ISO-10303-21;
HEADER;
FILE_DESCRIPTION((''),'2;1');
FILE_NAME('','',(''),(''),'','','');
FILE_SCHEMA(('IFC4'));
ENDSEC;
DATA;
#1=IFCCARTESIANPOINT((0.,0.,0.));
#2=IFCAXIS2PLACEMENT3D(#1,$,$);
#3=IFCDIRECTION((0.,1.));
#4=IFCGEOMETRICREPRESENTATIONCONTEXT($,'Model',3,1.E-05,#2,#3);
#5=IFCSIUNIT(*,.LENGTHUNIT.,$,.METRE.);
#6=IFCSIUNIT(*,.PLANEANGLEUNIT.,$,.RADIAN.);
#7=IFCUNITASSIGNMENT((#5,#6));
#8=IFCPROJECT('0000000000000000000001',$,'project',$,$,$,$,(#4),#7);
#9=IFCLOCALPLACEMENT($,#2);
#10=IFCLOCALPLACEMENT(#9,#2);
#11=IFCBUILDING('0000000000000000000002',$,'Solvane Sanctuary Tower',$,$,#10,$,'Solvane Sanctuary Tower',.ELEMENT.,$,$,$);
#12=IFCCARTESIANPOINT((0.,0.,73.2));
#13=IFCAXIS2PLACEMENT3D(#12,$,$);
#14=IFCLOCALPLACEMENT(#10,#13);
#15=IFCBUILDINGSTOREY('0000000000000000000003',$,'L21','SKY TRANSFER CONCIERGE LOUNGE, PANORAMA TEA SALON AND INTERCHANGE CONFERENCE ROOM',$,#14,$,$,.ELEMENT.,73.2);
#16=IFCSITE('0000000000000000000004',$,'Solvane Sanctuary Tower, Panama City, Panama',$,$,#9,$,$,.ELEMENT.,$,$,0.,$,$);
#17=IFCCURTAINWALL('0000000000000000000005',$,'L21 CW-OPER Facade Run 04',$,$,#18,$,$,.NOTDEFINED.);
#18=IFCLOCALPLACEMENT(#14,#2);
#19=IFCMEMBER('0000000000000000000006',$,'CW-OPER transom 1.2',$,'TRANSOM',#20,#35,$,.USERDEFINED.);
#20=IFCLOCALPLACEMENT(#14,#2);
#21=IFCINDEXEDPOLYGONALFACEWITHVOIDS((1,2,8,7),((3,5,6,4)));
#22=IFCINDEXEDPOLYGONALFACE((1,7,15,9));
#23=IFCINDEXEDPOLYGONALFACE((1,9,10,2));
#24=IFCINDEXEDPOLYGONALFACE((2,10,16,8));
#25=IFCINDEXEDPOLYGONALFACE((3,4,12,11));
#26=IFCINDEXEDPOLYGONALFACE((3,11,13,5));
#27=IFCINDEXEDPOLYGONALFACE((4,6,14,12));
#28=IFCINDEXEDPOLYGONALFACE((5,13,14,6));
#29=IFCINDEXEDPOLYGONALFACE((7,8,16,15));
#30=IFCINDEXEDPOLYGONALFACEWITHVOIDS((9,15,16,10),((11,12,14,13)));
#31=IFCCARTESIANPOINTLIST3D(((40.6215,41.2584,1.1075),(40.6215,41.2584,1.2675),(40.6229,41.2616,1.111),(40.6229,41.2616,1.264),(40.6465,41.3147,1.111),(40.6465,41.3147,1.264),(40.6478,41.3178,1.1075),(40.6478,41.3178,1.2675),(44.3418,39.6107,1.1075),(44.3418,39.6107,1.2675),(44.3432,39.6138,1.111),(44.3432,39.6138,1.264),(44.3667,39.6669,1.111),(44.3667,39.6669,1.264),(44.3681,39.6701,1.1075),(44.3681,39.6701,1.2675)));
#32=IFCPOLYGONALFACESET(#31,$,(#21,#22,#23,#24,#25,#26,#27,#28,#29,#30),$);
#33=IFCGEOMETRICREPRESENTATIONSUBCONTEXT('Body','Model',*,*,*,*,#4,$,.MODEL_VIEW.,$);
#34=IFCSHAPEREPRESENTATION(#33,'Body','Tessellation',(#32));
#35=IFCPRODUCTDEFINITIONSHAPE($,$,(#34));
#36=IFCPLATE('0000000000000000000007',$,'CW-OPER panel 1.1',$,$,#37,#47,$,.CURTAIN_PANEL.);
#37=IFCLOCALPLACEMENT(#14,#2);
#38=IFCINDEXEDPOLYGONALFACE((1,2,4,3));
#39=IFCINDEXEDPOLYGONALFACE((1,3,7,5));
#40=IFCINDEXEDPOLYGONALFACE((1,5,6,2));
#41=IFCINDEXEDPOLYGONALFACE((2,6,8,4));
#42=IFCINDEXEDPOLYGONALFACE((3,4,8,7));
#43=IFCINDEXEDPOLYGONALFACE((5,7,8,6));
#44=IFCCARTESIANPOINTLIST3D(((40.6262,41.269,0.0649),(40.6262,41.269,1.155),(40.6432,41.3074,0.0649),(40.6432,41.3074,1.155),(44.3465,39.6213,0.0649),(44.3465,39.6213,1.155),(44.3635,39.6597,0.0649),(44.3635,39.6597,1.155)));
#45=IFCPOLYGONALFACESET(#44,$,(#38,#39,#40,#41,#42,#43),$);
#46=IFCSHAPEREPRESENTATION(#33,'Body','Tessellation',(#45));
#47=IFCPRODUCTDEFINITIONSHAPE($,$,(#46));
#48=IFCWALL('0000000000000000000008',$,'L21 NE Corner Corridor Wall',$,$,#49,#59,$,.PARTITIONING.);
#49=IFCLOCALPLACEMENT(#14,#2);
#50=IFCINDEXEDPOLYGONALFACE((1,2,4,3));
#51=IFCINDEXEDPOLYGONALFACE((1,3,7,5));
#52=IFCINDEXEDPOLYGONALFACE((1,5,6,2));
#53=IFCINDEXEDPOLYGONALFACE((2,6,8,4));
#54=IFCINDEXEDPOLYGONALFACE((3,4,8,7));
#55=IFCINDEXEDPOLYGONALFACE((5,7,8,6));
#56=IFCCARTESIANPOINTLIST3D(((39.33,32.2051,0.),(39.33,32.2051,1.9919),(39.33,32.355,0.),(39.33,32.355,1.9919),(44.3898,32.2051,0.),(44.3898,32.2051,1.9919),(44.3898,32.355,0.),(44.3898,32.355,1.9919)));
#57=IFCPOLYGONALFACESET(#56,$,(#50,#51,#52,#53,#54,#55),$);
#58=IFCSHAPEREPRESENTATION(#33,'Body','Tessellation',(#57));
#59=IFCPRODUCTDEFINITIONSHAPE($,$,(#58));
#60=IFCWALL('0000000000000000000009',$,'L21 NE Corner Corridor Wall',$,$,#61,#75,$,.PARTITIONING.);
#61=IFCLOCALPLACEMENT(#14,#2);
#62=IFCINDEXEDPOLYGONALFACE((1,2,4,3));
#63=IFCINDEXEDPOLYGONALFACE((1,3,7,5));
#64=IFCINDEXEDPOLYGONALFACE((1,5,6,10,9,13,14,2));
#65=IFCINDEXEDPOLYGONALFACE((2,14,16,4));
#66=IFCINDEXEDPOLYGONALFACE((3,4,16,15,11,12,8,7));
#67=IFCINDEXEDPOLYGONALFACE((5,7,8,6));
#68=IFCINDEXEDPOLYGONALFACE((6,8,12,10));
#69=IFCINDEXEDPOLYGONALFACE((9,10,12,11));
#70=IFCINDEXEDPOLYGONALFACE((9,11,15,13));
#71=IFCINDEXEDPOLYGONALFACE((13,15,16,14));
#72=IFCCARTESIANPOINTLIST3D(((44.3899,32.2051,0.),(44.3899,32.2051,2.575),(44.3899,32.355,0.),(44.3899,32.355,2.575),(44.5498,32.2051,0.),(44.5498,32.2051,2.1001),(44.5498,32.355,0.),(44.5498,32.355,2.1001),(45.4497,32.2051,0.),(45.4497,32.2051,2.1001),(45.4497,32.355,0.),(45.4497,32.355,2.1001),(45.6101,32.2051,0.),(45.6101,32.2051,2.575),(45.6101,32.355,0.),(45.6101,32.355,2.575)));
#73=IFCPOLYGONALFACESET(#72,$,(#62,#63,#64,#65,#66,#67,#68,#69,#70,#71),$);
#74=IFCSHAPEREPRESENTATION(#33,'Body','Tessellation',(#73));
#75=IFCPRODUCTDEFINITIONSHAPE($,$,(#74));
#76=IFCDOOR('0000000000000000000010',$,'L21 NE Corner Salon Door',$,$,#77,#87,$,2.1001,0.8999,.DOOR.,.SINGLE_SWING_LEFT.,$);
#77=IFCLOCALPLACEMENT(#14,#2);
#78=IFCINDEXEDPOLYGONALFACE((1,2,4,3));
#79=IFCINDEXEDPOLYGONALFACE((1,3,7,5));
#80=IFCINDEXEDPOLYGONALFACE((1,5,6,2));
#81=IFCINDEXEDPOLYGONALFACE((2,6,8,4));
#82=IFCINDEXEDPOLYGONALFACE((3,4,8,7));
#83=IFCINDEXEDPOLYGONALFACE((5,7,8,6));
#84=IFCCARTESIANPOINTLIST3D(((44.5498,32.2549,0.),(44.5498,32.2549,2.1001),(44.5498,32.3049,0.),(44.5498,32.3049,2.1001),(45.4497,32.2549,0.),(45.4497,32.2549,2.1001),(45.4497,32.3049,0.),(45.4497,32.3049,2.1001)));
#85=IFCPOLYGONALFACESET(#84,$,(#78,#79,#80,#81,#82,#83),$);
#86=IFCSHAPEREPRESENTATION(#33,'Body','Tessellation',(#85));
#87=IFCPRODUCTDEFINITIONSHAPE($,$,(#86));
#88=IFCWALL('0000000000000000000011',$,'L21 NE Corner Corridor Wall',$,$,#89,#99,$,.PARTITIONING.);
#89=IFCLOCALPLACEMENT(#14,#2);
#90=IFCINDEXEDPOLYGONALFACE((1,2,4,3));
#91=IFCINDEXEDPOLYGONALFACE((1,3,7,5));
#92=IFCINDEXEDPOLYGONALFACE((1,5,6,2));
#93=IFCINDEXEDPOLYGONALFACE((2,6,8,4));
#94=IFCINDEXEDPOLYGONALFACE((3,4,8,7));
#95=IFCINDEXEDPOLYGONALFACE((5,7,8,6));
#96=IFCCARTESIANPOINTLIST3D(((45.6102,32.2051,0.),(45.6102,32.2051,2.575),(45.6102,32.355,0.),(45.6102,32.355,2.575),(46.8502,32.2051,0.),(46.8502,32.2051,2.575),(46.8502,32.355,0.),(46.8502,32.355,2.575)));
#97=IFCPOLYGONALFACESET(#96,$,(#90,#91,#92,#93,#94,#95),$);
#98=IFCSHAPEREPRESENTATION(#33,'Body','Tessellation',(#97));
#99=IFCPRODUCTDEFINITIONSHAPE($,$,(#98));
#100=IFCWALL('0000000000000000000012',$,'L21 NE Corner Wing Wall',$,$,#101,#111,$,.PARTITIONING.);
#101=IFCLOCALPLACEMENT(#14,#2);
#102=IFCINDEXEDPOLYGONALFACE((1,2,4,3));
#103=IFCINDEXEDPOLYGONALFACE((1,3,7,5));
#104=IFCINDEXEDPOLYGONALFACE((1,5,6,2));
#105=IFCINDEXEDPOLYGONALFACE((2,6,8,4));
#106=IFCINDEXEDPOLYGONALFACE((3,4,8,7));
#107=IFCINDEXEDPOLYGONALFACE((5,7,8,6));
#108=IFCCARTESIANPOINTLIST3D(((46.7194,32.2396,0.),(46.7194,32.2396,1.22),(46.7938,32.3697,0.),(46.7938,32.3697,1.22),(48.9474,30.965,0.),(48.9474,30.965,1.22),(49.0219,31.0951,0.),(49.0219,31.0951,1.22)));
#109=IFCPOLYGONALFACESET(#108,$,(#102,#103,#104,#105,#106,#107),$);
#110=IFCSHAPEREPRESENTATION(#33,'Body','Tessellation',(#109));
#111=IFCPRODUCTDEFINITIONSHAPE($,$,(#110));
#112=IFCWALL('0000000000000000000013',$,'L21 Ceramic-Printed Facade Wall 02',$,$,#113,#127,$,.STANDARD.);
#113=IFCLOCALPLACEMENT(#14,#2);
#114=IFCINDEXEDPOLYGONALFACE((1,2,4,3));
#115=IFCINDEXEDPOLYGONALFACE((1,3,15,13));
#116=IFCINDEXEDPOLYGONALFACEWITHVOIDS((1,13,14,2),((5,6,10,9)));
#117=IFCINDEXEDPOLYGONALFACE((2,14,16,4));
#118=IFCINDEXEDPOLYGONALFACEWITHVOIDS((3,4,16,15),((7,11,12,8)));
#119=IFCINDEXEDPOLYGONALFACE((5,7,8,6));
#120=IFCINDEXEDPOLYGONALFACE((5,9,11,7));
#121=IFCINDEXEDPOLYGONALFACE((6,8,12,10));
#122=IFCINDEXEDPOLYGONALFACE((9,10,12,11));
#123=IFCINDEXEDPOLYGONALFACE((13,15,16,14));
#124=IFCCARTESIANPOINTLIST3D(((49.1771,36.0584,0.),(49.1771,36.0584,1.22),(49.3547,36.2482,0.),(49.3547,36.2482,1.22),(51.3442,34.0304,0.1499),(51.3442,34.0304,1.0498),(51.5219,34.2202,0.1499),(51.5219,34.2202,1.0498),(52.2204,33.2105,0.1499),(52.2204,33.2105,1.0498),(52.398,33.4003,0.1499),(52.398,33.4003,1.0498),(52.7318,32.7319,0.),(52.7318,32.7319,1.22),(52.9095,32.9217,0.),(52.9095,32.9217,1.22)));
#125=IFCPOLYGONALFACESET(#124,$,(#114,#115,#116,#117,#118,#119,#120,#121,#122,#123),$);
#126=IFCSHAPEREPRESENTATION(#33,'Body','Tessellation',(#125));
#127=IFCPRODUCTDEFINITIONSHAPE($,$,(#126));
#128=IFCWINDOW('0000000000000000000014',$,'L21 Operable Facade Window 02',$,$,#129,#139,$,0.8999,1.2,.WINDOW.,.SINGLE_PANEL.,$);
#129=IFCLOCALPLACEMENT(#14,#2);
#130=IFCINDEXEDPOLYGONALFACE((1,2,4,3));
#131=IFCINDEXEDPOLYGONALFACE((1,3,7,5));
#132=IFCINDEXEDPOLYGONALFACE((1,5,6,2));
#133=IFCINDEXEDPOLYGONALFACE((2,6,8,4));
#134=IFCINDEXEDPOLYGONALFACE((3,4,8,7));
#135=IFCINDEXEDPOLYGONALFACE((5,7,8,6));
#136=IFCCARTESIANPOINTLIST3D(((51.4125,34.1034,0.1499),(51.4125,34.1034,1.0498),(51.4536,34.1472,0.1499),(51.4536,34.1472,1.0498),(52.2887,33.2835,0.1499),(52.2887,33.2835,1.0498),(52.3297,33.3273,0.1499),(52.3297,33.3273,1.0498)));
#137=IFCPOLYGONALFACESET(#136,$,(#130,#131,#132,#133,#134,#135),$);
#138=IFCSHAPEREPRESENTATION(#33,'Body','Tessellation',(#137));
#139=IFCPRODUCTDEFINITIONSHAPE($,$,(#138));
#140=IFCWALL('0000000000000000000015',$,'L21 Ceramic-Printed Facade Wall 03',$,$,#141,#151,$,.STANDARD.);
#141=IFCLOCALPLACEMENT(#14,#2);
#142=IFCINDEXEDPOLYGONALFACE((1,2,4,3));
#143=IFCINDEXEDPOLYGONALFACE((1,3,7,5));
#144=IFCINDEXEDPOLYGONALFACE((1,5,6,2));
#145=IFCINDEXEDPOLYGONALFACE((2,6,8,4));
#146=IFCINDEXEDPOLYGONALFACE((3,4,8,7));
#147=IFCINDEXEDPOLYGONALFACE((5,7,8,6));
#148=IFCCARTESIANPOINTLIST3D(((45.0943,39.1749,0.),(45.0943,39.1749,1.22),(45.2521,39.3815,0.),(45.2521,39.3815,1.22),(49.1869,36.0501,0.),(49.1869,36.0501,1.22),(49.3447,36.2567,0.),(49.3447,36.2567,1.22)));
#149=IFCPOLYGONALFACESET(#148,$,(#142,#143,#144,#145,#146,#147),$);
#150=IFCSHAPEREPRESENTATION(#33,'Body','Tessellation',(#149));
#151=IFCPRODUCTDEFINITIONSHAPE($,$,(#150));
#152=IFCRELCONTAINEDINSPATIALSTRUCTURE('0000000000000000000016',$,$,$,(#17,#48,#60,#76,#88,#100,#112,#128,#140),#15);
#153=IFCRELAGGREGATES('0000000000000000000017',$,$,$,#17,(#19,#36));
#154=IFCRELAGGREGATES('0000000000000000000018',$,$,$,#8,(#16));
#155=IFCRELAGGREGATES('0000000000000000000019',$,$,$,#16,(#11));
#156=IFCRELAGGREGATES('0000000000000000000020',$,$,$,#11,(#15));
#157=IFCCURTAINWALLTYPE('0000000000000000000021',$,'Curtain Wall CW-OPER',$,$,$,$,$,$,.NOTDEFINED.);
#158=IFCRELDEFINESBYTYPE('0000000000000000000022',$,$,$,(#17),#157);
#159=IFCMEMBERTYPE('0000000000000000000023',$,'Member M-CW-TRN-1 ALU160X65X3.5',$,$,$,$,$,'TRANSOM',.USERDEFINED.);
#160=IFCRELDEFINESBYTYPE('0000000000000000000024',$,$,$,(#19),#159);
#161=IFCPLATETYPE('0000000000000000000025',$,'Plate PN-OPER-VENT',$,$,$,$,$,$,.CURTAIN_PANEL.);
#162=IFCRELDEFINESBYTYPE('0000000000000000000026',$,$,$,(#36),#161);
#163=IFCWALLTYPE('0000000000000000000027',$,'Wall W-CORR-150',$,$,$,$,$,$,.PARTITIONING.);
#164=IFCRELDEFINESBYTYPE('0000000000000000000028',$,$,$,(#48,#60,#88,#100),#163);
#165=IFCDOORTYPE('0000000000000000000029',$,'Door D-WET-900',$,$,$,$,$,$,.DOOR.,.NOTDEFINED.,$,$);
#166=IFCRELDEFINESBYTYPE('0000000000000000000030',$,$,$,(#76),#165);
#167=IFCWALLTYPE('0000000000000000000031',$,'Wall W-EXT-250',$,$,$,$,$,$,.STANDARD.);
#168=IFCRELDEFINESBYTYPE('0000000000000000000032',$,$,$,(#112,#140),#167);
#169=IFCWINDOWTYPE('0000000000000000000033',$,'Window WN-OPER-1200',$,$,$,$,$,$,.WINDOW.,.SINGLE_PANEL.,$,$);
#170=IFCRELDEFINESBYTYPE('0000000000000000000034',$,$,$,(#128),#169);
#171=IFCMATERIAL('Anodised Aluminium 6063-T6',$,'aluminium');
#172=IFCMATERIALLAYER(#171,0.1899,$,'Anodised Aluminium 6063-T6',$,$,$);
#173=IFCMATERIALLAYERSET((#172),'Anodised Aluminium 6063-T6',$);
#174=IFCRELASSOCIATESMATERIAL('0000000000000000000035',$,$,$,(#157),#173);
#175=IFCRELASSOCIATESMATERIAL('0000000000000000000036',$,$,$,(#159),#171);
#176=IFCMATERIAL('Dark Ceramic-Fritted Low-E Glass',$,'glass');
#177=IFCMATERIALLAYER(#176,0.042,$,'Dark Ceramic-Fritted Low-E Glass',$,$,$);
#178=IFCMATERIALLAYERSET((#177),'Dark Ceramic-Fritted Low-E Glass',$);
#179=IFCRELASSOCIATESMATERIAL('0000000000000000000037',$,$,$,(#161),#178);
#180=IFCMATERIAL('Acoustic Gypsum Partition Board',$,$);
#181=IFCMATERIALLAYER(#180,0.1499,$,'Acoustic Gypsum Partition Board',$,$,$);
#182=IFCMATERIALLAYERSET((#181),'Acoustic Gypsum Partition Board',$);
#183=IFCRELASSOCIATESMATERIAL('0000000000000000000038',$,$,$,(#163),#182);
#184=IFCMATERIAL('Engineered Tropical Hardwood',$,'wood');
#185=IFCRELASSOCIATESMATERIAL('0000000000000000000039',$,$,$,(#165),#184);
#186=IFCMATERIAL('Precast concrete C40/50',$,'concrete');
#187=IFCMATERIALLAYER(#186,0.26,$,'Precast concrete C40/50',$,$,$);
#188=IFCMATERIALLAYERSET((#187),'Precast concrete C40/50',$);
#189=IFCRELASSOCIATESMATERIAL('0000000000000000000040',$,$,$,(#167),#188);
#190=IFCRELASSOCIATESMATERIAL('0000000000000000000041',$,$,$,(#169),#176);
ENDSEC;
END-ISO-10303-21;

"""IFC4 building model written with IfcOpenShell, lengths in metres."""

from ifc_helpers import new_model, si_unit, direction, frame, frame_2d, origin, origin_2d, place, context, subcontext, project, spatial, rectangle, hollow_rectangle, extrude, material, layer, layer_set, material_profile, profile_set, type_object, element, fill, aggregate, save


model = new_model("IFC4")

# Units and contexts
model_context = context("Model", 3, precision=1e-05, world=origin(), true_north=direction((0.0, 1.0)))
body_context = subcontext(model_context, "Body", "Model", "MODEL_VIEW")
ifc_project = project(units=[si_unit("LENGTHUNIT", "METRE"), si_unit("PLANEANGLEUNIT", "RADIAN")], contexts=[model_context])

# Site, building, storey
site_placement = place(None, origin())
site = spatial("IfcSite", under=ifc_project, at=site_placement, Name="Solvane Sanctuary Tower, Panama City, Panama", CompositionType="ELEMENT", RefElevation=0.0)
building_placement = place(site_placement, origin())
building = spatial("IfcBuilding", under=site, at=building_placement, Name="Solvane Sanctuary Tower", LongName="Solvane Sanctuary Tower", CompositionType="ELEMENT")
storey_placement = place(building_placement, frame((0.0, 0.0, 73.2)))
storey = spatial("IfcBuildingStorey", under=building, at=storey_placement, Name="L21", Description="SKY TRANSFER CONCIERGE LOUNGE, PANORAMA TEA SALON AND INTERCHANGE CONFERENCE ROOM", CompositionType="ELEMENT", Elevation=73.2)

# Curtain wall, member, plate
ifc_material_1 = material(Name="Anodised Aluminium 6063-T6", Category="aluminium")
ifc_layer_1 = layer(ifc_material_1, 0.1899, Name="Anodised Aluminium 6063-T6")
ifc_layer_set_1 = layer_set([ifc_layer_1], Name="Anodised Aluminium 6063-T6")
curtain_wall_type = type_object("IfcCurtainWallType", Name="Curtain Wall CW-OPER", PredefinedType="NOTDEFINED", material=ifc_layer_set_1)
curtain_wall_placement = place(storey_placement, origin())
curtain_wall = element("IfcCurtainWall", 1, at=curtain_wall_placement, inside=storey, type_object=curtain_wall_type, Name="L21 CW-OPER Facade Run 04", PredefinedType="NOTDEFINED")
ifc_material_profile_1 = material_profile(ifc_material_1, hollow_rectangle(XDim=0.0649, YDim=0.1599, WallThickness=0.0034, at=origin_2d()), Name="ALU160X65X3.5")
ifc_profile_set_1 = profile_set([ifc_material_profile_1], Name="Anodised Aluminium 6063-T6")
member_type_1 = type_object("IfcMemberType", Name="Member M-CW-TRN-1 ALU160X65X3.5", ElementType="TRANSOM", PredefinedType="USERDEFINED", material=ifc_profile_set_1)
member_1_placement = place(storey_placement, frame((44.355, 39.6404, 1.1875), z_axis=(-0.914333, 0.404963, 0.0), x_axis=(-0.404963, -0.914333, 0.0)))
member_1 = element("IfcMember", 2, at=member_1_placement, type_object=member_type_1, Name="CW-OPER transom 1.2", ObjectType="TRANSOM", PredefinedType="USERDEFINED", context=body_context, shape_type="SweptSolid", body=[
    extrude(hollow_rectangle(XDim=0.0649, YDim=0.1599, WallThickness=0.0034, at=origin_2d()), origin(), (0.0, 0.0, 1.0), 4.0688),
])
ifc_material_2 = material(Name="Dark Ceramic-Fritted Low-E Glass", Category="glass")
ifc_layer_2 = layer(ifc_material_2, 0.042, Name="Dark Ceramic-Fritted Low-E Glass")
ifc_layer_set_2 = layer_set([ifc_layer_2], Name="Dark Ceramic-Fritted Low-E Glass")
plate_type = type_object("IfcPlateType", Name="Plate PN-OPER-VENT", PredefinedType="CURTAIN_PANEL", material=ifc_layer_set_2)
plate_placement = place(storey_placement, frame((42.4949, 40.4644, 0.0649), z_axis=(0.0, 0.0, 1.0), x_axis=(-0.914339, 0.404951, 0.0)))
plate = element("IfcPlate", 3, at=plate_placement, type_object=plate_type, Name="CW-OPER panel 1.1", PredefinedType="CURTAIN_PANEL", context=body_context, shape_type="SweptSolid", body=[
    extrude(rectangle(XDim=4.0688, YDim=0.042, at=origin_2d()), origin(), (0.0, 0.0, 1.0), 1.0901),
])
aggregate(curtain_wall, [member_1, plate])

# Wall
ifc_material_3 = material(Name="Acoustic Gypsum Partition Board")
ifc_layer_3 = layer(ifc_material_3, 0.1499, Name="Acoustic Gypsum Partition Board")
ifc_layer_set_3 = layer_set([ifc_layer_3], Name="Acoustic Gypsum Partition Board")
wall_type_1 = type_object("IfcWallType", Name="Wall W-CORR-150", PredefinedType="PARTITIONING", material=ifc_layer_set_3)
wall_1_placement = place(storey_placement, frame((39.3301, 32.28, 0.0), z_axis=(0.0, 0.0, 1.0), x_axis=(1.0, 0.0, 0.0)))
element("IfcWall", 4, at=wall_1_placement, inside=storey, type_object=wall_type_1, Name="L21 NE Corner Corridor Wall", PredefinedType="PARTITIONING", context=body_context, shape_type="SweptSolid", body=[
    extrude(rectangle(XDim=5.0598, YDim=0.1499, at=frame_2d((2.5298, 0.0))), origin(), (0.0, 0.0, 1.0), 1.9919),
])

# Wall, opening, door
wall_2_placement = place(storey_placement, frame((44.3899, 32.28, 0.0), z_axis=(0.0, 0.0, 1.0), x_axis=(1.0, 0.0, 0.0)))
wall_2 = element("IfcWall", 5, at=wall_2_placement, inside=storey, type_object=wall_type_1, Name="L21 NE Corner Corridor Wall", PredefinedType="PARTITIONING", context=body_context, shape_type="SweptSolid", body=[
    extrude(rectangle(XDim=1.2202, YDim=0.1499, at=frame_2d((0.6101, 0.0))), origin(), (0.0, 0.0, 1.0), 2.575),
])
opening_1_placement = place(wall_2_placement, frame((0.1599, 0.0, 0.0)))
opening_1 = element("IfcOpeningElement", 6, at=opening_1_placement, cuts=wall_2, PredefinedType="OPENING", context=body_context, shape_type="SweptSolid", body=[
    extrude(rectangle(XDim=0.8999, YDim=2.1001, at=frame_2d((0.45, 1.05))), frame((0.0, 0.085, 0.0), z_axis=(0.0, -1.0, 0.0), x_axis=(1.0, 0.0, 0.0)), (0.0, 0.0, 1.0), 0.1699),
])
ifc_material_4 = material(Name="Engineered Tropical Hardwood", Category="wood")
door_type_1 = type_object("IfcDoorType", Name="Door D-WET-900", OperationType="NOTDEFINED", PredefinedType="DOOR", material=ifc_material_4)
door_1_placement = place(opening_1_placement, origin())
door_1 = element("IfcDoor", 7, at=door_1_placement, inside=storey, type_object=door_type_1, Name="L21 NE Corner Salon Door", OperationType="SINGLE_SWING_LEFT", OverallHeight=2.1001, OverallWidth=0.8999, PredefinedType="DOOR", context=body_context, shape_type="SweptSolid", body=[
    extrude(rectangle(XDim=0.8999, YDim=2.1001, at=frame_2d((0.45, 1.05))), frame((0.0, 0.0249, 0.0), z_axis=(0.0, -1.0, 0.0), x_axis=(1.0, 0.0, 0.0)), (0.0, 0.0, 1.0), 0.05),
])
fill(opening_1, door_1)

# Walls
wall_3_placement = place(storey_placement, frame((45.6101, 32.28, 0.0), z_axis=(0.0, 0.0, 1.0), x_axis=(1.0, 0.0, 0.0)))
element("IfcWall", 8, at=wall_3_placement, inside=storey, type_object=wall_type_1, Name="L21 NE Corner Corridor Wall", PredefinedType="PARTITIONING", context=body_context, shape_type="SweptSolid", body=[
    extrude(rectangle(XDim=1.24, YDim=0.1499, at=frame_2d((0.6201, 0.0))), origin(), (0.0, 0.0, 1.0), 2.575),
])
wall_4_placement = place(storey_placement, frame((46.7566, 32.3047, 0.0), z_axis=(0.0, 0.0, 1.0), x_axis=(0.867991, -0.496579, 0.0)))
element("IfcWall", 9, at=wall_4_placement, inside=storey, type_object=wall_type_1, Name="L21 NE Corner Wing Wall", PredefinedType="PARTITIONING", context=body_context, shape_type="SweptSolid", body=[
    extrude(rectangle(XDim=2.5669, YDim=0.1499, at=frame_2d((1.2834, 0.0))), origin(), (0.0, 0.0, 1.0), 1.22),
])

# Wall, opening, window
ifc_material_5 = material(Name="Precast concrete C40/50", Category="concrete")
ifc_layer_4 = layer(ifc_material_5, 0.26, Name="Precast concrete C40/50")
ifc_layer_set_4 = layer_set([ifc_layer_4], Name="Precast concrete C40/50")
wall_type_2 = type_object("IfcWallType", Name="Wall W-EXT-250", PredefinedType="STANDARD", material=ifc_layer_set_4)
wall_5_placement = place(storey_placement, frame((52.8206, 32.8269, 0.0), z_axis=(0.0, 0.0, 1.0), x_axis=(-0.730162, 0.683274, 0.0)))
wall_5 = element("IfcWall", 10, at=wall_5_placement, inside=storey, type_object=wall_type_2, Name="L21 Ceramic-Printed Facade Wall 02", PredefinedType="STANDARD", context=body_context, shape_type="SweptSolid", body=[
    extrude(rectangle(XDim=4.8684, YDim=0.26, at=frame_2d((2.4341, 0.0))), origin(), (0.0, 0.0, 1.0), 1.22),
])
opening_2_placement = place(wall_5_placement, frame((0.7002, 0.0, 0.1499)))
opening_2 = element("IfcOpeningElement", 11, at=opening_2_placement, cuts=wall_5, PredefinedType="OPENING", context=body_context, shape_type="SweptSolid", body=[
    extrude(rectangle(XDim=1.2, YDim=0.8999, at=frame_2d((0.6001, 0.45))), frame((0.0, 0.1399, 0.0), z_axis=(0.0, -1.0, 0.0), x_axis=(1.0, 0.0, 0.0)), (0.0, 0.0, 1.0), 0.28),
])
window_type = type_object("IfcWindowType", Name="Window WN-OPER-1200", PartitioningType="SINGLE_PANEL", PredefinedType="WINDOW", material=ifc_material_2)
window_placement = place(opening_2_placement, origin())
window = element("IfcWindow", 12, at=window_placement, inside=storey, type_object=window_type, Name="L21 Operable Facade Window 02", OverallHeight=0.8999, OverallWidth=1.2, PartitioningType="SINGLE_PANEL", PredefinedType="WINDOW", context=body_context, shape_type="SweptSolid", body=[
    extrude(rectangle(XDim=1.2, YDim=0.8999, at=frame_2d((0.6001, 0.45))), frame((0.0, 0.03, 0.0), z_axis=(0.0, -1.0, 0.0), x_axis=(1.0, 0.0, 0.0)), (0.0, 0.0, 1.0), 0.0601),
])
fill(opening_2, window)

# Wall
wall_6_placement = place(storey_placement, frame((49.2659, 36.1533, 0.0), z_axis=(0.0, 0.0, 1.0), x_axis=(-0.79481, 0.606859, 0.0)))
element("IfcWall", 13, at=wall_6_placement, inside=storey, type_object=wall_type_2, Name="L21 Ceramic-Printed Facade Wall 03", PredefinedType="STANDARD", context=body_context, shape_type="SweptSolid", body=[
    extrude(rectangle(XDim=5.1492, YDim=0.26, at=frame_2d((2.5747, 0.0))), origin(), (0.0, 0.0, 1.0), 1.22),
])

save(model, "model.ifc")
